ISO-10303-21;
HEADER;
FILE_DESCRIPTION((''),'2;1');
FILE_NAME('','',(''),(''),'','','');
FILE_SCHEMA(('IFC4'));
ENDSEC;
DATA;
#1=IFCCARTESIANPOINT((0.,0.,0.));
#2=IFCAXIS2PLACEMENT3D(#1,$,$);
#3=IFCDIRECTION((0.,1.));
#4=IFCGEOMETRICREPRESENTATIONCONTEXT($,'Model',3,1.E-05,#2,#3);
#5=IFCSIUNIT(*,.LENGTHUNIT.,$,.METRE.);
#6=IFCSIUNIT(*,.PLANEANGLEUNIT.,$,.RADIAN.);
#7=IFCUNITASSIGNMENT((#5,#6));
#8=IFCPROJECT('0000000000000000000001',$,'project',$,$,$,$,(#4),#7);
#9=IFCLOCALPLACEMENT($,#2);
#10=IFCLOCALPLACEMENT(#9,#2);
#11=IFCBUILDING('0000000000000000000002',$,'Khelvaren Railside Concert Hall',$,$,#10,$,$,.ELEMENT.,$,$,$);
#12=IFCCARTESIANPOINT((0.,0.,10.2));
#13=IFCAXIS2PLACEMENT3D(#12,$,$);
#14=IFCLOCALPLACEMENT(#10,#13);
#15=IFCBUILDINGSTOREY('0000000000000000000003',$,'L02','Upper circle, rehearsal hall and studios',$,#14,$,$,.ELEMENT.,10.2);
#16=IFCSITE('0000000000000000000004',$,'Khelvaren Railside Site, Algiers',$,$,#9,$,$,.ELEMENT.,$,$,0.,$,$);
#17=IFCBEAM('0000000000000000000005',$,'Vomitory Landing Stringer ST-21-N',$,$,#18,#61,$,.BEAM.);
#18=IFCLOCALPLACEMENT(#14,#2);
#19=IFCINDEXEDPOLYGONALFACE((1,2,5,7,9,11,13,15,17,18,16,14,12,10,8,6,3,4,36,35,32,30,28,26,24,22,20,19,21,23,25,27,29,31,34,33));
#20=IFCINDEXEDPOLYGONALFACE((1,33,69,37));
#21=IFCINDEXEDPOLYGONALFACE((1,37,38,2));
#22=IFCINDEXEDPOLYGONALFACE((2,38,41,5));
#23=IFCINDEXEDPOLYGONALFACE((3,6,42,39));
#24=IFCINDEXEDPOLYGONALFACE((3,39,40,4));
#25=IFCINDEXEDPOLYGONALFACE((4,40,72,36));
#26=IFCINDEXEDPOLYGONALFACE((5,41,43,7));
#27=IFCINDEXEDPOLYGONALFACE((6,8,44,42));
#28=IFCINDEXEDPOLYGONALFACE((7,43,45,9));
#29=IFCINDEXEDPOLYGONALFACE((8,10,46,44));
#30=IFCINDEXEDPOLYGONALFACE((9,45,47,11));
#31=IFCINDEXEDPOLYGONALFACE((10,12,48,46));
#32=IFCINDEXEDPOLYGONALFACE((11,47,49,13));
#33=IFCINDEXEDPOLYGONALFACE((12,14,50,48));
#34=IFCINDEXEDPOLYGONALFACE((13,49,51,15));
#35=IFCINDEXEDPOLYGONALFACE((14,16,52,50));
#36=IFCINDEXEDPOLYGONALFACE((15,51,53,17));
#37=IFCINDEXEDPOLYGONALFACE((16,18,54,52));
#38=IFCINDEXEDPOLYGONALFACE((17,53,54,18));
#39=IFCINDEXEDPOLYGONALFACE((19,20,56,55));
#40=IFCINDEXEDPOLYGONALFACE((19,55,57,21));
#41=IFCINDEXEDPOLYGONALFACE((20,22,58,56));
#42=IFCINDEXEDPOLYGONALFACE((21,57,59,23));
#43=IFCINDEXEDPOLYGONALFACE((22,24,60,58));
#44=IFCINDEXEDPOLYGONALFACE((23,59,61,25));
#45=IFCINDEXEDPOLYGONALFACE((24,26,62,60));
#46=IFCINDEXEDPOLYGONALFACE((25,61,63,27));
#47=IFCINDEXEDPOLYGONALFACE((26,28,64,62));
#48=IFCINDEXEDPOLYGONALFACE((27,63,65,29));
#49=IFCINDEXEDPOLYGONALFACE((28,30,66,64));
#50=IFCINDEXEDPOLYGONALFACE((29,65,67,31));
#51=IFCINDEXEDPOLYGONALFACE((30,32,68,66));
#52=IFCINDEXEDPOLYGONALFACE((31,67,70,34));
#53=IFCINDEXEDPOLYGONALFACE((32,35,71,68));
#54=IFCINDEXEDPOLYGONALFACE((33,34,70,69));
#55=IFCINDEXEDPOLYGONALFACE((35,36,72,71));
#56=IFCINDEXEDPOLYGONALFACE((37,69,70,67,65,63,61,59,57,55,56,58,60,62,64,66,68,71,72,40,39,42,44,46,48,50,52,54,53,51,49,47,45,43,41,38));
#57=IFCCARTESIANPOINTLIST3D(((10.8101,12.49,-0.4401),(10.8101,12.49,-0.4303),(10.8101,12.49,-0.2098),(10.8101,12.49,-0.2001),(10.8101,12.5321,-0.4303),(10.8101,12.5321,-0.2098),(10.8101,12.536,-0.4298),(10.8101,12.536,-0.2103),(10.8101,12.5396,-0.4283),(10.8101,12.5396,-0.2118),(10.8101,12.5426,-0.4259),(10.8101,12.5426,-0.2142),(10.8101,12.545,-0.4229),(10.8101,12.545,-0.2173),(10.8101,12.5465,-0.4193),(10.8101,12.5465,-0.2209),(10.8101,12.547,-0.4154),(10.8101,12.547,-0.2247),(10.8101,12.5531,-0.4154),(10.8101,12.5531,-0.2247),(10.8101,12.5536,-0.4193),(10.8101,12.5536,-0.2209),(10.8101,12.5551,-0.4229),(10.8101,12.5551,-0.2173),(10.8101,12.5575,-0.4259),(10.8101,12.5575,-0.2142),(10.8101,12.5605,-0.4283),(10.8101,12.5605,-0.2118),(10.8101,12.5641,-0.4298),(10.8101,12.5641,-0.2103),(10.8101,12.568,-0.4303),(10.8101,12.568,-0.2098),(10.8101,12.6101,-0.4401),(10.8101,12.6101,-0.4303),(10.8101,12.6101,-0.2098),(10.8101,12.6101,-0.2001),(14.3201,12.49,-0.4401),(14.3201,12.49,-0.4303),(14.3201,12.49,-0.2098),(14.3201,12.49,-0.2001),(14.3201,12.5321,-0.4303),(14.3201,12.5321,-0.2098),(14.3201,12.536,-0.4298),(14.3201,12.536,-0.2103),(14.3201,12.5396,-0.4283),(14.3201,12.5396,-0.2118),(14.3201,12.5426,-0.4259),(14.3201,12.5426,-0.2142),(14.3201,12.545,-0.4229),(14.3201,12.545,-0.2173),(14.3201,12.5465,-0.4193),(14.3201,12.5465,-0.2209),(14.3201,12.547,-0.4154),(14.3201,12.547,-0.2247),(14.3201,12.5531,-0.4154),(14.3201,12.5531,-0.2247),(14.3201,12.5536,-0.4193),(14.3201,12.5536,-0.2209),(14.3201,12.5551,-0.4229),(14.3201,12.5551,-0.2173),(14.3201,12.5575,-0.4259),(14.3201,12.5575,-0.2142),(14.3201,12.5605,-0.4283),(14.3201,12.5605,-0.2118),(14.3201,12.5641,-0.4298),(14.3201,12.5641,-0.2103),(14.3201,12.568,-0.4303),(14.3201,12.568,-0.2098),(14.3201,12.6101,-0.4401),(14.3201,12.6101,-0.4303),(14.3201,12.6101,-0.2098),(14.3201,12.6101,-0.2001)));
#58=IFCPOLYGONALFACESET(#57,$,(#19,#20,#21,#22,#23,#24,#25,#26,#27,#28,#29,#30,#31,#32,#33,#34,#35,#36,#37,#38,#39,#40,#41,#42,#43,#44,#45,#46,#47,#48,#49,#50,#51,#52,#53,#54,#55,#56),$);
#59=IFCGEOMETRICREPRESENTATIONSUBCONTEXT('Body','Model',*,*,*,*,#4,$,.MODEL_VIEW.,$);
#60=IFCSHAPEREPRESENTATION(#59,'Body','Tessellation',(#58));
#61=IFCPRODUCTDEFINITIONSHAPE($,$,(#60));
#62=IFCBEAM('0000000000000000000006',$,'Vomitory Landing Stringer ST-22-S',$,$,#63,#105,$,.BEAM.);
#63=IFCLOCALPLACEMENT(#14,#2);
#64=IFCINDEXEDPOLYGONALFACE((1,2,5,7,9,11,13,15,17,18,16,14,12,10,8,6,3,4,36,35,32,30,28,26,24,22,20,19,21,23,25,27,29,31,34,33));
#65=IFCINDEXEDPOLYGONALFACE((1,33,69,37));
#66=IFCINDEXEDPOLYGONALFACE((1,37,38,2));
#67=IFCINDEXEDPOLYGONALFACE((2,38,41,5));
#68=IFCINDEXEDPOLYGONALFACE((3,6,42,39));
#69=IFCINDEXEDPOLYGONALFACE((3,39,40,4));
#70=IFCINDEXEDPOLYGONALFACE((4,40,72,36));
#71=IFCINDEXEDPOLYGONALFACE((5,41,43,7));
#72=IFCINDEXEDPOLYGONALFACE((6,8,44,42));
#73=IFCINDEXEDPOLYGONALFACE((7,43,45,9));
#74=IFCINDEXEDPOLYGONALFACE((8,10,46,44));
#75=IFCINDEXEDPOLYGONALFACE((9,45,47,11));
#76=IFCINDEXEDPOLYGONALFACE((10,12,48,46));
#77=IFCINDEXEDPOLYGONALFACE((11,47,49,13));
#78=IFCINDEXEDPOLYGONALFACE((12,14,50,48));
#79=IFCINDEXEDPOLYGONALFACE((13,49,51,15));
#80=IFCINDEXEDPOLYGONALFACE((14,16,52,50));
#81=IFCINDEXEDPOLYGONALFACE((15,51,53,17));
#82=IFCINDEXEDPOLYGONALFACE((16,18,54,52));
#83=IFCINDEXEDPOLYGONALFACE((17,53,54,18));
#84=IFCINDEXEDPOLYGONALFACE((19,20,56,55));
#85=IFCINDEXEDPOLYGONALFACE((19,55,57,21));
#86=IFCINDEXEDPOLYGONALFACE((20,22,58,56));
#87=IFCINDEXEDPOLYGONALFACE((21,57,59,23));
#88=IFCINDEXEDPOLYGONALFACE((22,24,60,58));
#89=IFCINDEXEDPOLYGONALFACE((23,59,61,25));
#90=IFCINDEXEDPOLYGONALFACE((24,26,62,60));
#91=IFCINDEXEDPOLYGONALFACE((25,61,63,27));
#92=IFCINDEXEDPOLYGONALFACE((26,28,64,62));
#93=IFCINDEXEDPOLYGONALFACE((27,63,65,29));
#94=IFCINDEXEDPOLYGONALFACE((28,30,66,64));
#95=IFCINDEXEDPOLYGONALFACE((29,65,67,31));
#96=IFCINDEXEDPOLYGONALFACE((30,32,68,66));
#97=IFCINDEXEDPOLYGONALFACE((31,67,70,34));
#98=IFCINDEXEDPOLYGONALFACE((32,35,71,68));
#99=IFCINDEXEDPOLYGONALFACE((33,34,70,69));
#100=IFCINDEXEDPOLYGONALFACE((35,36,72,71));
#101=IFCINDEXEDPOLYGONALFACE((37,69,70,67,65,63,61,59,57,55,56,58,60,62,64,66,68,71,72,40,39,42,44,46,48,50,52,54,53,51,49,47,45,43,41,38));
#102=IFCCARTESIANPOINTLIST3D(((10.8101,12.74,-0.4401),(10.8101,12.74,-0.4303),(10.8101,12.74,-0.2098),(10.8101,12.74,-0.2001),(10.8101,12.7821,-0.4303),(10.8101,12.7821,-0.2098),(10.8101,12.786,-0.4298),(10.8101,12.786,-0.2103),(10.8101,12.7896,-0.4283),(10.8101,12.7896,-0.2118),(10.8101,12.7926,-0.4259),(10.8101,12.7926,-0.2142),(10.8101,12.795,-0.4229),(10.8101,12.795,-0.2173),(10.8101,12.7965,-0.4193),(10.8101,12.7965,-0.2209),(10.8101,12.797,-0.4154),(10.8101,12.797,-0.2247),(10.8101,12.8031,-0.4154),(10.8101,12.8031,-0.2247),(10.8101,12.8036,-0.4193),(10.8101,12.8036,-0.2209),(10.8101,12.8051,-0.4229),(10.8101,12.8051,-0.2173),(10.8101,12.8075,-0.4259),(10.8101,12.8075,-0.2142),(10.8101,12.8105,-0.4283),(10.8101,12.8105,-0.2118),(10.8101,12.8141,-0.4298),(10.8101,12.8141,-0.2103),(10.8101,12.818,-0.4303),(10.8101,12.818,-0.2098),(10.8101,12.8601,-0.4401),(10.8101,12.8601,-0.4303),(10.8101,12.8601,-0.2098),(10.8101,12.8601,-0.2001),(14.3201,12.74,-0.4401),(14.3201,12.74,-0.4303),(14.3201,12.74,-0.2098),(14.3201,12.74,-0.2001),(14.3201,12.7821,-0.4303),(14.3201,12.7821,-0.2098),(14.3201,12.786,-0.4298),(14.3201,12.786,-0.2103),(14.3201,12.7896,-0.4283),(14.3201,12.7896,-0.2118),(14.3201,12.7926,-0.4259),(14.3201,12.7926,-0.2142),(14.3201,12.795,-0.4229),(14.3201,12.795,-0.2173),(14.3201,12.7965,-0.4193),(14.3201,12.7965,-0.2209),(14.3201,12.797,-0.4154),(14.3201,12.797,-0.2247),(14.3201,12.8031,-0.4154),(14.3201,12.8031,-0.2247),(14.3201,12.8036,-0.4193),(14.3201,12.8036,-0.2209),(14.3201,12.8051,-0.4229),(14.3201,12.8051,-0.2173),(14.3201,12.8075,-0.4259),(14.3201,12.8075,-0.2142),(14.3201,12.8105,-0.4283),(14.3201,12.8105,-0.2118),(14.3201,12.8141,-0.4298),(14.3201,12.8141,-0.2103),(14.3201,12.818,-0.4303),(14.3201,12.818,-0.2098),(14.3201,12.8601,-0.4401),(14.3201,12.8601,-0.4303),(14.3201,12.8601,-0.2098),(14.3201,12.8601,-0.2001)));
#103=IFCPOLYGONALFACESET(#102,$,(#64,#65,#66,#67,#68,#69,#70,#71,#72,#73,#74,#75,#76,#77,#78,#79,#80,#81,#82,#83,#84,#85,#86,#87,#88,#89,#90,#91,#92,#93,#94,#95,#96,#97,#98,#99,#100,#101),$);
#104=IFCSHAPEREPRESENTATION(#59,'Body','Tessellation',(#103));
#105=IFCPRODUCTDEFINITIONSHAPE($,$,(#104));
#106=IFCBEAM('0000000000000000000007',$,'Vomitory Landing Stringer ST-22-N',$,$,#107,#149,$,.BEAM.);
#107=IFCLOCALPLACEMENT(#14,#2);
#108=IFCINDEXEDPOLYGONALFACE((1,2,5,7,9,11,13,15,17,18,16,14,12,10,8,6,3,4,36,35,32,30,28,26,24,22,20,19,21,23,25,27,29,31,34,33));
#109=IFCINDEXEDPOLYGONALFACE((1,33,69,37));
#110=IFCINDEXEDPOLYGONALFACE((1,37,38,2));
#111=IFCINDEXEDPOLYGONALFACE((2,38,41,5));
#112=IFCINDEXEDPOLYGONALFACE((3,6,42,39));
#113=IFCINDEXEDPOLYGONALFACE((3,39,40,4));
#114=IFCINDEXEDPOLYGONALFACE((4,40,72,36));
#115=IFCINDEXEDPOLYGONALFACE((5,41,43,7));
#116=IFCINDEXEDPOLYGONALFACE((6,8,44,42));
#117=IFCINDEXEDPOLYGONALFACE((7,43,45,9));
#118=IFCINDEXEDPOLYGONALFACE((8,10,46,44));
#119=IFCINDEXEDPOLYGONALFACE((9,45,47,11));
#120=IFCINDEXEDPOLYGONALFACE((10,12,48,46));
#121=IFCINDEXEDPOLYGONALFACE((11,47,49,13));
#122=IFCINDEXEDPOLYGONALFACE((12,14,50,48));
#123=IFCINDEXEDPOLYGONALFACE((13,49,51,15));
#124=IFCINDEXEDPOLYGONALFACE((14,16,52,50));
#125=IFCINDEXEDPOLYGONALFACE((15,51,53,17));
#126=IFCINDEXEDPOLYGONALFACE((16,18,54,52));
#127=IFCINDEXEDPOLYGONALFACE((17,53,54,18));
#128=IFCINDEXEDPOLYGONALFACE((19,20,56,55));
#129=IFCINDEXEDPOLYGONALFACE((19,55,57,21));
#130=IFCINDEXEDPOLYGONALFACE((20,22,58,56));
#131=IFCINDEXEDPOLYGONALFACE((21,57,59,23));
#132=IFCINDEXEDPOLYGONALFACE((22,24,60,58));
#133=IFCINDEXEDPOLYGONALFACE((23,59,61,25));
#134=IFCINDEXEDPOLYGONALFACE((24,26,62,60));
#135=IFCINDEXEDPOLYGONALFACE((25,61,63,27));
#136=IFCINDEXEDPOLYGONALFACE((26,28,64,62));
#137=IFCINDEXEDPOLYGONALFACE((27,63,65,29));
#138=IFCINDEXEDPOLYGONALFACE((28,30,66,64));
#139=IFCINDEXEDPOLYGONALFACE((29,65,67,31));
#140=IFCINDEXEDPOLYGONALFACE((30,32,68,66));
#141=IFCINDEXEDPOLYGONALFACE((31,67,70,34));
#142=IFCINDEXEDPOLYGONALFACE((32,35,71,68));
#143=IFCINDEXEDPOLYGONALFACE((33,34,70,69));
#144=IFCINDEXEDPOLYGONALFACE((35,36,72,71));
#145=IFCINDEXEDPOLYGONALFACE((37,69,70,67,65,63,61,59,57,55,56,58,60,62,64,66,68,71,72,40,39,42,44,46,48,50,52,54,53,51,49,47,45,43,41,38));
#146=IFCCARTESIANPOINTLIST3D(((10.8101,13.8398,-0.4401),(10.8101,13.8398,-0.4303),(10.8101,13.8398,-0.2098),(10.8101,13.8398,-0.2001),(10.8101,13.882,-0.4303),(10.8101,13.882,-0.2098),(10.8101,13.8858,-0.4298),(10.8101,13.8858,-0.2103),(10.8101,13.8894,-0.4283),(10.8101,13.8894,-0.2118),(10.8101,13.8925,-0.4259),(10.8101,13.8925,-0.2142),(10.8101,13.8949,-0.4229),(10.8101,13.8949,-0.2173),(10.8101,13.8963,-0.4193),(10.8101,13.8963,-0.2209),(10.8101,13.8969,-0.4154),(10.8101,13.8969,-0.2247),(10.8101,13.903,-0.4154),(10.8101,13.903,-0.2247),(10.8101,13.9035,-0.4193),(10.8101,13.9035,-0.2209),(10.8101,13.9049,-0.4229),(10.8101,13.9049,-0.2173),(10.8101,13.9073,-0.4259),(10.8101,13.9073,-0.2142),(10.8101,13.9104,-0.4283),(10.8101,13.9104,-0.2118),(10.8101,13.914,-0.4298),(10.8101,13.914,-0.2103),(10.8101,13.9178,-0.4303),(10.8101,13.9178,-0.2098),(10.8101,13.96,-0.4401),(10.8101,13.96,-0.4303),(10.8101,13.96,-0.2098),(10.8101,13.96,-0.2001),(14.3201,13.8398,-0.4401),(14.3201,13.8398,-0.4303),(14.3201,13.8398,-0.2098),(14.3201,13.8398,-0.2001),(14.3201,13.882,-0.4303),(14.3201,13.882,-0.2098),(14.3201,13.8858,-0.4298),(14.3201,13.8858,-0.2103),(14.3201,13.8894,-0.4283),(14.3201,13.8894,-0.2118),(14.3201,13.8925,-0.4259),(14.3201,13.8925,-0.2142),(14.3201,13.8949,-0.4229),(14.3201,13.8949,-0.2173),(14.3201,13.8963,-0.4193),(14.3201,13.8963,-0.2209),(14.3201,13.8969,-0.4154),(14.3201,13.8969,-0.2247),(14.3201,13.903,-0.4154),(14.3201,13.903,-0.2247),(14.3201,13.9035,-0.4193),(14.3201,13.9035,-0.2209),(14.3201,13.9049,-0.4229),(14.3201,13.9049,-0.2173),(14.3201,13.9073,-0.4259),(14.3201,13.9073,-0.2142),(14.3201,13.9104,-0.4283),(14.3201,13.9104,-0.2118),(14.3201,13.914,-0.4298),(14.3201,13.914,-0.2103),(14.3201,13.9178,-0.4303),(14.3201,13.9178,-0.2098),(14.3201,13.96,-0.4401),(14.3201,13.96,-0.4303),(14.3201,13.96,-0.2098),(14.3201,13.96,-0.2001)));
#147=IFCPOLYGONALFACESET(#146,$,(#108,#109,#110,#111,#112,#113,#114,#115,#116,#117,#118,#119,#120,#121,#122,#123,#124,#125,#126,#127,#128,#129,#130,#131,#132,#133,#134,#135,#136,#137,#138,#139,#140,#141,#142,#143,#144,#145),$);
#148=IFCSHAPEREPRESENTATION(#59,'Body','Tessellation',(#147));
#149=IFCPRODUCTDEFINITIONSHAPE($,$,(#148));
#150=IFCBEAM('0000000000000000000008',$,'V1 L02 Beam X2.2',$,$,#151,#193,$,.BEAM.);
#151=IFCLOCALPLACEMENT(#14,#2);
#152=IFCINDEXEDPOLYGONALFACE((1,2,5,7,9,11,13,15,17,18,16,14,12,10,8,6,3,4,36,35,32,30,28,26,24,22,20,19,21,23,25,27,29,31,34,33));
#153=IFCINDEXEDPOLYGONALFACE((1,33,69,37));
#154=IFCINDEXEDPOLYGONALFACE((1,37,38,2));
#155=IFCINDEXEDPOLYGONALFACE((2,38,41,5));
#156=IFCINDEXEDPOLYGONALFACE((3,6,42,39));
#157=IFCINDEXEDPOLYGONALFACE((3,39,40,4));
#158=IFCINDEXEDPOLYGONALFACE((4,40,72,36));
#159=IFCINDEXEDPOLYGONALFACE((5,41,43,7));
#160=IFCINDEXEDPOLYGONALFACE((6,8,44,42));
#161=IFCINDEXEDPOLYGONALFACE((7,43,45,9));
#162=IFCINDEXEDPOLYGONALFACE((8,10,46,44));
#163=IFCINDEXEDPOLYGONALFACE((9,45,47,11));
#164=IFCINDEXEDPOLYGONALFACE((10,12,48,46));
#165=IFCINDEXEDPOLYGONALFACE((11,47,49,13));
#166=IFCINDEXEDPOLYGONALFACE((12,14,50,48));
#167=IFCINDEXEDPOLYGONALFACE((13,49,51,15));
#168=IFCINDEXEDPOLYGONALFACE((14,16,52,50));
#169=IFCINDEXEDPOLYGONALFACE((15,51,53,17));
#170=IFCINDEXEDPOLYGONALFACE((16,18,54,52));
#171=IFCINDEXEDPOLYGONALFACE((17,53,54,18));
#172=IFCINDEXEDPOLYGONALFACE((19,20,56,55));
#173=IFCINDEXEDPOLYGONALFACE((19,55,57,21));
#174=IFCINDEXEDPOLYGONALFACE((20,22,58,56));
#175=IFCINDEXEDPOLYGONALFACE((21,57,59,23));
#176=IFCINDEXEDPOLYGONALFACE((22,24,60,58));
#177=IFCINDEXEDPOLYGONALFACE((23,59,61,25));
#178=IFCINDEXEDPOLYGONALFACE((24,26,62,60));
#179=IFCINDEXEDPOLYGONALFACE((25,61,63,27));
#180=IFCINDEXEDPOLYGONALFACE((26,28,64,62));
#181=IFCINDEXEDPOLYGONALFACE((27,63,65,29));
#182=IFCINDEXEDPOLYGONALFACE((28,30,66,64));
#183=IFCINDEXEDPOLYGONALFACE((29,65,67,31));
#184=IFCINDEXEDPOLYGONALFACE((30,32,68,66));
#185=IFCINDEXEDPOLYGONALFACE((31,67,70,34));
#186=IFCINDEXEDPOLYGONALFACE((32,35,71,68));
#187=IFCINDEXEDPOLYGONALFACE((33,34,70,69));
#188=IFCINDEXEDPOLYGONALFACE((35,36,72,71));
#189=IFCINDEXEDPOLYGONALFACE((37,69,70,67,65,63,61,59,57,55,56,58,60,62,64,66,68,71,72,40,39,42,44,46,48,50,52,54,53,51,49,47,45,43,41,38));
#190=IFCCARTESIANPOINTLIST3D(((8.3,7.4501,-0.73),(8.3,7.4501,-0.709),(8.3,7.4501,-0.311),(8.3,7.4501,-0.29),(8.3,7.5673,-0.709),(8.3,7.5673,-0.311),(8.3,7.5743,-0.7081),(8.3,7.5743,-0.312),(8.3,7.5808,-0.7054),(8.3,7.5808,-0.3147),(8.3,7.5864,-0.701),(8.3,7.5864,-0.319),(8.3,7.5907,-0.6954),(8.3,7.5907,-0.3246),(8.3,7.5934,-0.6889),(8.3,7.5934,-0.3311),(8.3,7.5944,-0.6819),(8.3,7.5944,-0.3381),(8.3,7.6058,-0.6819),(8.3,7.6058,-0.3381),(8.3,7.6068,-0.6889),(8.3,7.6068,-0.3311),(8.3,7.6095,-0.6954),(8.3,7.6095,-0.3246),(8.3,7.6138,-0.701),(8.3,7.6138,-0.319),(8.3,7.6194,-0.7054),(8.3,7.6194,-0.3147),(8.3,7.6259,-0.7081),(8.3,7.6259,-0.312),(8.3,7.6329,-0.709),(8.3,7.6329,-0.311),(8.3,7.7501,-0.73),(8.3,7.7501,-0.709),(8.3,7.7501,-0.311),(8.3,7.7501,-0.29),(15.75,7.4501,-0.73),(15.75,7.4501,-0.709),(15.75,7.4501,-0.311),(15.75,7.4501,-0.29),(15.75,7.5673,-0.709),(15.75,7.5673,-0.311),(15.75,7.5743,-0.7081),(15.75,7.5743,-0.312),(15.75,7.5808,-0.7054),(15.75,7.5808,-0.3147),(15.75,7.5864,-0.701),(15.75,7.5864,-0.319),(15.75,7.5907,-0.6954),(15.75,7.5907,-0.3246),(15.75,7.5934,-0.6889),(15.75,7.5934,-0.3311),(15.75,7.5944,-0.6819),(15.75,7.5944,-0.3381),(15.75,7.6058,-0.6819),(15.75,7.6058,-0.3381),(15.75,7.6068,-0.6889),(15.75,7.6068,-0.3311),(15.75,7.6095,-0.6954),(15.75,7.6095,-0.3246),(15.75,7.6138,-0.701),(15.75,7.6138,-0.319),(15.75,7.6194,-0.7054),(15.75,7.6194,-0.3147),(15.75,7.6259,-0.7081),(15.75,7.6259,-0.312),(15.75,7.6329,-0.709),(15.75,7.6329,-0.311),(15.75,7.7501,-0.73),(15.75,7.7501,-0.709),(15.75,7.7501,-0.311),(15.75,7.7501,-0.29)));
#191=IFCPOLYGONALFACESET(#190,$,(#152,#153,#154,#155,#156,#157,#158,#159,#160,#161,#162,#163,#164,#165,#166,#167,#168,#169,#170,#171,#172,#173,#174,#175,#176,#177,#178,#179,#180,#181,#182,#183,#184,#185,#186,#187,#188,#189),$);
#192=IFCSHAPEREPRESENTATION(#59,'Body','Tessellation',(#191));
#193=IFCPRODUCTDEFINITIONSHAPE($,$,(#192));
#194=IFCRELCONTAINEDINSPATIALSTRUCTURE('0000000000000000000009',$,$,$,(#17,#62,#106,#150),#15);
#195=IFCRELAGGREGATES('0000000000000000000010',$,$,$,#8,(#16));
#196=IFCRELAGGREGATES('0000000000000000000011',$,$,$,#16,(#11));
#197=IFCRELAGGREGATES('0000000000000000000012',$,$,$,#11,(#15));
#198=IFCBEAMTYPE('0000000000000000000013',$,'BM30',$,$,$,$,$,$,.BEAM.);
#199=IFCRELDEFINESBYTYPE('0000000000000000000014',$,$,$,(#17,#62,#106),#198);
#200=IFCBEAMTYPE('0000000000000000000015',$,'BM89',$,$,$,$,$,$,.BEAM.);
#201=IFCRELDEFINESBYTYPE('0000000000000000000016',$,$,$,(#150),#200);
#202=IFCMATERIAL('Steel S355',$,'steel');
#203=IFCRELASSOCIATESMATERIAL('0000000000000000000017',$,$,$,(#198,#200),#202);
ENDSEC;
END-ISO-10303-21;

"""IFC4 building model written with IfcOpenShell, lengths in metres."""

from ifc_helpers import new_model, si_unit, direction, frame, origin, origin_2d, place, context, subcontext, project, spatial, i_section, extrude, material, material_profile, profile_set, type_object, element, save


model = new_model("IFC4")

# Units and contexts
model_context = context("Model", 3, precision=1e-05, world=origin(), true_north=direction((0.0, 1.0)))
body_context = subcontext(model_context, "Body", "Model", "MODEL_VIEW")
ifc_project = project(units=[si_unit("LENGTHUNIT", "METRE"), si_unit("PLANEANGLEUNIT", "RADIAN")], contexts=[model_context])

# Site, building, storey
site_placement = place(None, origin())
site = spatial("IfcSite", under=ifc_project, at=site_placement, Name="Khelvaren Railside Site, Algiers", CompositionType="ELEMENT", RefElevation=0.0)
building_placement = place(site_placement, origin())
building = spatial("IfcBuilding", under=site, at=building_placement, Name="Khelvaren Railside Concert Hall", CompositionType="ELEMENT")
storey_placement = place(building_placement, frame((0.0, 0.0, 10.2)))
storey = spatial("IfcBuildingStorey", under=building, at=storey_placement, Name="L02", Description="Upper circle, rehearsal hall and studios", CompositionType="ELEMENT", Elevation=10.2)

# Beams
ifc_material_1 = material(Name="Steel S355", Category="steel")
ifc_material_profile_1 = material_profile(ifc_material_1, i_section(OverallWidth=0.1201, OverallDepth=0.24, WebThickness=0.0061, FlangeThickness=0.0098, FilletRadius=0.0149, at=origin_2d()), Name="IPE 240")
ifc_profile_set_1 = profile_set([ifc_material_profile_1], Name="Steel S355")
beam_type_1 = type_object("IfcBeamType", Name="BM30", PredefinedType="BEAM", material=ifc_profile_set_1)
for number, where, z_axis, x_axis, name in (
    (1, (10.8101, 12.55, -0.3201), (1.0, 0.0, 0.0), (0.0, 1.0, 0.0), "Vomitory Landing Stringer ST-21-N"),
    (2, (10.8101, 12.8, -0.3201), (1.0, 0.0, 0.0), (0.0, 1.0, 0.0), "Vomitory Landing Stringer ST-22-S"),
    (3, (10.8101, 13.8999, -0.3201), (1.0, 0.0, 0.0), (0.0, 1.0, 0.0), "Vomitory Landing Stringer ST-22-N"),
):
    element("IfcBeam", number, at=place(storey_placement, frame(where, z_axis=z_axis, x_axis=x_axis)), inside=storey, type_object=beam_type_1, Name=name, PredefinedType="BEAM", context=body_context, shape_type="SweptSolid", body=[
        extrude(i_section(OverallWidth=0.1201, OverallDepth=0.24, WebThickness=0.0061, FlangeThickness=0.0098, FilletRadius=0.0149, at=origin_2d()), origin(), (0.0, 0.0, 1.0), 3.51),
    ])
ifc_material_profile_2 = material_profile(ifc_material_1, i_section(OverallWidth=0.3, OverallDepth=0.4399, WebThickness=0.0115, FlangeThickness=0.021, FilletRadius=0.0271, at=origin_2d()), Name="HEA 450")
ifc_profile_set_2 = profile_set([ifc_material_profile_2], Name="Steel S355")
beam_type_2 = type_object("IfcBeamType", Name="BM89", PredefinedType="BEAM", material=ifc_profile_set_2)
beam_1_placement = place(storey_placement, frame((8.3, 7.6001, -0.51), z_axis=(1.0, 0.0, 0.0), x_axis=(0.0, 1.0, 0.0)))
element("IfcBeam", 4, at=beam_1_placement, inside=storey, type_object=beam_type_2, Name="V1 L02 Beam X2.2", PredefinedType="BEAM", context=body_context, shape_type="SweptSolid", body=[
    extrude(i_section(OverallWidth=0.3, OverallDepth=0.4399, WebThickness=0.0115, FlangeThickness=0.021, FilletRadius=0.0271, at=origin_2d()), origin(), (0.0, 0.0, 1.0), 7.45),
])

save(model, "model.ifc")
